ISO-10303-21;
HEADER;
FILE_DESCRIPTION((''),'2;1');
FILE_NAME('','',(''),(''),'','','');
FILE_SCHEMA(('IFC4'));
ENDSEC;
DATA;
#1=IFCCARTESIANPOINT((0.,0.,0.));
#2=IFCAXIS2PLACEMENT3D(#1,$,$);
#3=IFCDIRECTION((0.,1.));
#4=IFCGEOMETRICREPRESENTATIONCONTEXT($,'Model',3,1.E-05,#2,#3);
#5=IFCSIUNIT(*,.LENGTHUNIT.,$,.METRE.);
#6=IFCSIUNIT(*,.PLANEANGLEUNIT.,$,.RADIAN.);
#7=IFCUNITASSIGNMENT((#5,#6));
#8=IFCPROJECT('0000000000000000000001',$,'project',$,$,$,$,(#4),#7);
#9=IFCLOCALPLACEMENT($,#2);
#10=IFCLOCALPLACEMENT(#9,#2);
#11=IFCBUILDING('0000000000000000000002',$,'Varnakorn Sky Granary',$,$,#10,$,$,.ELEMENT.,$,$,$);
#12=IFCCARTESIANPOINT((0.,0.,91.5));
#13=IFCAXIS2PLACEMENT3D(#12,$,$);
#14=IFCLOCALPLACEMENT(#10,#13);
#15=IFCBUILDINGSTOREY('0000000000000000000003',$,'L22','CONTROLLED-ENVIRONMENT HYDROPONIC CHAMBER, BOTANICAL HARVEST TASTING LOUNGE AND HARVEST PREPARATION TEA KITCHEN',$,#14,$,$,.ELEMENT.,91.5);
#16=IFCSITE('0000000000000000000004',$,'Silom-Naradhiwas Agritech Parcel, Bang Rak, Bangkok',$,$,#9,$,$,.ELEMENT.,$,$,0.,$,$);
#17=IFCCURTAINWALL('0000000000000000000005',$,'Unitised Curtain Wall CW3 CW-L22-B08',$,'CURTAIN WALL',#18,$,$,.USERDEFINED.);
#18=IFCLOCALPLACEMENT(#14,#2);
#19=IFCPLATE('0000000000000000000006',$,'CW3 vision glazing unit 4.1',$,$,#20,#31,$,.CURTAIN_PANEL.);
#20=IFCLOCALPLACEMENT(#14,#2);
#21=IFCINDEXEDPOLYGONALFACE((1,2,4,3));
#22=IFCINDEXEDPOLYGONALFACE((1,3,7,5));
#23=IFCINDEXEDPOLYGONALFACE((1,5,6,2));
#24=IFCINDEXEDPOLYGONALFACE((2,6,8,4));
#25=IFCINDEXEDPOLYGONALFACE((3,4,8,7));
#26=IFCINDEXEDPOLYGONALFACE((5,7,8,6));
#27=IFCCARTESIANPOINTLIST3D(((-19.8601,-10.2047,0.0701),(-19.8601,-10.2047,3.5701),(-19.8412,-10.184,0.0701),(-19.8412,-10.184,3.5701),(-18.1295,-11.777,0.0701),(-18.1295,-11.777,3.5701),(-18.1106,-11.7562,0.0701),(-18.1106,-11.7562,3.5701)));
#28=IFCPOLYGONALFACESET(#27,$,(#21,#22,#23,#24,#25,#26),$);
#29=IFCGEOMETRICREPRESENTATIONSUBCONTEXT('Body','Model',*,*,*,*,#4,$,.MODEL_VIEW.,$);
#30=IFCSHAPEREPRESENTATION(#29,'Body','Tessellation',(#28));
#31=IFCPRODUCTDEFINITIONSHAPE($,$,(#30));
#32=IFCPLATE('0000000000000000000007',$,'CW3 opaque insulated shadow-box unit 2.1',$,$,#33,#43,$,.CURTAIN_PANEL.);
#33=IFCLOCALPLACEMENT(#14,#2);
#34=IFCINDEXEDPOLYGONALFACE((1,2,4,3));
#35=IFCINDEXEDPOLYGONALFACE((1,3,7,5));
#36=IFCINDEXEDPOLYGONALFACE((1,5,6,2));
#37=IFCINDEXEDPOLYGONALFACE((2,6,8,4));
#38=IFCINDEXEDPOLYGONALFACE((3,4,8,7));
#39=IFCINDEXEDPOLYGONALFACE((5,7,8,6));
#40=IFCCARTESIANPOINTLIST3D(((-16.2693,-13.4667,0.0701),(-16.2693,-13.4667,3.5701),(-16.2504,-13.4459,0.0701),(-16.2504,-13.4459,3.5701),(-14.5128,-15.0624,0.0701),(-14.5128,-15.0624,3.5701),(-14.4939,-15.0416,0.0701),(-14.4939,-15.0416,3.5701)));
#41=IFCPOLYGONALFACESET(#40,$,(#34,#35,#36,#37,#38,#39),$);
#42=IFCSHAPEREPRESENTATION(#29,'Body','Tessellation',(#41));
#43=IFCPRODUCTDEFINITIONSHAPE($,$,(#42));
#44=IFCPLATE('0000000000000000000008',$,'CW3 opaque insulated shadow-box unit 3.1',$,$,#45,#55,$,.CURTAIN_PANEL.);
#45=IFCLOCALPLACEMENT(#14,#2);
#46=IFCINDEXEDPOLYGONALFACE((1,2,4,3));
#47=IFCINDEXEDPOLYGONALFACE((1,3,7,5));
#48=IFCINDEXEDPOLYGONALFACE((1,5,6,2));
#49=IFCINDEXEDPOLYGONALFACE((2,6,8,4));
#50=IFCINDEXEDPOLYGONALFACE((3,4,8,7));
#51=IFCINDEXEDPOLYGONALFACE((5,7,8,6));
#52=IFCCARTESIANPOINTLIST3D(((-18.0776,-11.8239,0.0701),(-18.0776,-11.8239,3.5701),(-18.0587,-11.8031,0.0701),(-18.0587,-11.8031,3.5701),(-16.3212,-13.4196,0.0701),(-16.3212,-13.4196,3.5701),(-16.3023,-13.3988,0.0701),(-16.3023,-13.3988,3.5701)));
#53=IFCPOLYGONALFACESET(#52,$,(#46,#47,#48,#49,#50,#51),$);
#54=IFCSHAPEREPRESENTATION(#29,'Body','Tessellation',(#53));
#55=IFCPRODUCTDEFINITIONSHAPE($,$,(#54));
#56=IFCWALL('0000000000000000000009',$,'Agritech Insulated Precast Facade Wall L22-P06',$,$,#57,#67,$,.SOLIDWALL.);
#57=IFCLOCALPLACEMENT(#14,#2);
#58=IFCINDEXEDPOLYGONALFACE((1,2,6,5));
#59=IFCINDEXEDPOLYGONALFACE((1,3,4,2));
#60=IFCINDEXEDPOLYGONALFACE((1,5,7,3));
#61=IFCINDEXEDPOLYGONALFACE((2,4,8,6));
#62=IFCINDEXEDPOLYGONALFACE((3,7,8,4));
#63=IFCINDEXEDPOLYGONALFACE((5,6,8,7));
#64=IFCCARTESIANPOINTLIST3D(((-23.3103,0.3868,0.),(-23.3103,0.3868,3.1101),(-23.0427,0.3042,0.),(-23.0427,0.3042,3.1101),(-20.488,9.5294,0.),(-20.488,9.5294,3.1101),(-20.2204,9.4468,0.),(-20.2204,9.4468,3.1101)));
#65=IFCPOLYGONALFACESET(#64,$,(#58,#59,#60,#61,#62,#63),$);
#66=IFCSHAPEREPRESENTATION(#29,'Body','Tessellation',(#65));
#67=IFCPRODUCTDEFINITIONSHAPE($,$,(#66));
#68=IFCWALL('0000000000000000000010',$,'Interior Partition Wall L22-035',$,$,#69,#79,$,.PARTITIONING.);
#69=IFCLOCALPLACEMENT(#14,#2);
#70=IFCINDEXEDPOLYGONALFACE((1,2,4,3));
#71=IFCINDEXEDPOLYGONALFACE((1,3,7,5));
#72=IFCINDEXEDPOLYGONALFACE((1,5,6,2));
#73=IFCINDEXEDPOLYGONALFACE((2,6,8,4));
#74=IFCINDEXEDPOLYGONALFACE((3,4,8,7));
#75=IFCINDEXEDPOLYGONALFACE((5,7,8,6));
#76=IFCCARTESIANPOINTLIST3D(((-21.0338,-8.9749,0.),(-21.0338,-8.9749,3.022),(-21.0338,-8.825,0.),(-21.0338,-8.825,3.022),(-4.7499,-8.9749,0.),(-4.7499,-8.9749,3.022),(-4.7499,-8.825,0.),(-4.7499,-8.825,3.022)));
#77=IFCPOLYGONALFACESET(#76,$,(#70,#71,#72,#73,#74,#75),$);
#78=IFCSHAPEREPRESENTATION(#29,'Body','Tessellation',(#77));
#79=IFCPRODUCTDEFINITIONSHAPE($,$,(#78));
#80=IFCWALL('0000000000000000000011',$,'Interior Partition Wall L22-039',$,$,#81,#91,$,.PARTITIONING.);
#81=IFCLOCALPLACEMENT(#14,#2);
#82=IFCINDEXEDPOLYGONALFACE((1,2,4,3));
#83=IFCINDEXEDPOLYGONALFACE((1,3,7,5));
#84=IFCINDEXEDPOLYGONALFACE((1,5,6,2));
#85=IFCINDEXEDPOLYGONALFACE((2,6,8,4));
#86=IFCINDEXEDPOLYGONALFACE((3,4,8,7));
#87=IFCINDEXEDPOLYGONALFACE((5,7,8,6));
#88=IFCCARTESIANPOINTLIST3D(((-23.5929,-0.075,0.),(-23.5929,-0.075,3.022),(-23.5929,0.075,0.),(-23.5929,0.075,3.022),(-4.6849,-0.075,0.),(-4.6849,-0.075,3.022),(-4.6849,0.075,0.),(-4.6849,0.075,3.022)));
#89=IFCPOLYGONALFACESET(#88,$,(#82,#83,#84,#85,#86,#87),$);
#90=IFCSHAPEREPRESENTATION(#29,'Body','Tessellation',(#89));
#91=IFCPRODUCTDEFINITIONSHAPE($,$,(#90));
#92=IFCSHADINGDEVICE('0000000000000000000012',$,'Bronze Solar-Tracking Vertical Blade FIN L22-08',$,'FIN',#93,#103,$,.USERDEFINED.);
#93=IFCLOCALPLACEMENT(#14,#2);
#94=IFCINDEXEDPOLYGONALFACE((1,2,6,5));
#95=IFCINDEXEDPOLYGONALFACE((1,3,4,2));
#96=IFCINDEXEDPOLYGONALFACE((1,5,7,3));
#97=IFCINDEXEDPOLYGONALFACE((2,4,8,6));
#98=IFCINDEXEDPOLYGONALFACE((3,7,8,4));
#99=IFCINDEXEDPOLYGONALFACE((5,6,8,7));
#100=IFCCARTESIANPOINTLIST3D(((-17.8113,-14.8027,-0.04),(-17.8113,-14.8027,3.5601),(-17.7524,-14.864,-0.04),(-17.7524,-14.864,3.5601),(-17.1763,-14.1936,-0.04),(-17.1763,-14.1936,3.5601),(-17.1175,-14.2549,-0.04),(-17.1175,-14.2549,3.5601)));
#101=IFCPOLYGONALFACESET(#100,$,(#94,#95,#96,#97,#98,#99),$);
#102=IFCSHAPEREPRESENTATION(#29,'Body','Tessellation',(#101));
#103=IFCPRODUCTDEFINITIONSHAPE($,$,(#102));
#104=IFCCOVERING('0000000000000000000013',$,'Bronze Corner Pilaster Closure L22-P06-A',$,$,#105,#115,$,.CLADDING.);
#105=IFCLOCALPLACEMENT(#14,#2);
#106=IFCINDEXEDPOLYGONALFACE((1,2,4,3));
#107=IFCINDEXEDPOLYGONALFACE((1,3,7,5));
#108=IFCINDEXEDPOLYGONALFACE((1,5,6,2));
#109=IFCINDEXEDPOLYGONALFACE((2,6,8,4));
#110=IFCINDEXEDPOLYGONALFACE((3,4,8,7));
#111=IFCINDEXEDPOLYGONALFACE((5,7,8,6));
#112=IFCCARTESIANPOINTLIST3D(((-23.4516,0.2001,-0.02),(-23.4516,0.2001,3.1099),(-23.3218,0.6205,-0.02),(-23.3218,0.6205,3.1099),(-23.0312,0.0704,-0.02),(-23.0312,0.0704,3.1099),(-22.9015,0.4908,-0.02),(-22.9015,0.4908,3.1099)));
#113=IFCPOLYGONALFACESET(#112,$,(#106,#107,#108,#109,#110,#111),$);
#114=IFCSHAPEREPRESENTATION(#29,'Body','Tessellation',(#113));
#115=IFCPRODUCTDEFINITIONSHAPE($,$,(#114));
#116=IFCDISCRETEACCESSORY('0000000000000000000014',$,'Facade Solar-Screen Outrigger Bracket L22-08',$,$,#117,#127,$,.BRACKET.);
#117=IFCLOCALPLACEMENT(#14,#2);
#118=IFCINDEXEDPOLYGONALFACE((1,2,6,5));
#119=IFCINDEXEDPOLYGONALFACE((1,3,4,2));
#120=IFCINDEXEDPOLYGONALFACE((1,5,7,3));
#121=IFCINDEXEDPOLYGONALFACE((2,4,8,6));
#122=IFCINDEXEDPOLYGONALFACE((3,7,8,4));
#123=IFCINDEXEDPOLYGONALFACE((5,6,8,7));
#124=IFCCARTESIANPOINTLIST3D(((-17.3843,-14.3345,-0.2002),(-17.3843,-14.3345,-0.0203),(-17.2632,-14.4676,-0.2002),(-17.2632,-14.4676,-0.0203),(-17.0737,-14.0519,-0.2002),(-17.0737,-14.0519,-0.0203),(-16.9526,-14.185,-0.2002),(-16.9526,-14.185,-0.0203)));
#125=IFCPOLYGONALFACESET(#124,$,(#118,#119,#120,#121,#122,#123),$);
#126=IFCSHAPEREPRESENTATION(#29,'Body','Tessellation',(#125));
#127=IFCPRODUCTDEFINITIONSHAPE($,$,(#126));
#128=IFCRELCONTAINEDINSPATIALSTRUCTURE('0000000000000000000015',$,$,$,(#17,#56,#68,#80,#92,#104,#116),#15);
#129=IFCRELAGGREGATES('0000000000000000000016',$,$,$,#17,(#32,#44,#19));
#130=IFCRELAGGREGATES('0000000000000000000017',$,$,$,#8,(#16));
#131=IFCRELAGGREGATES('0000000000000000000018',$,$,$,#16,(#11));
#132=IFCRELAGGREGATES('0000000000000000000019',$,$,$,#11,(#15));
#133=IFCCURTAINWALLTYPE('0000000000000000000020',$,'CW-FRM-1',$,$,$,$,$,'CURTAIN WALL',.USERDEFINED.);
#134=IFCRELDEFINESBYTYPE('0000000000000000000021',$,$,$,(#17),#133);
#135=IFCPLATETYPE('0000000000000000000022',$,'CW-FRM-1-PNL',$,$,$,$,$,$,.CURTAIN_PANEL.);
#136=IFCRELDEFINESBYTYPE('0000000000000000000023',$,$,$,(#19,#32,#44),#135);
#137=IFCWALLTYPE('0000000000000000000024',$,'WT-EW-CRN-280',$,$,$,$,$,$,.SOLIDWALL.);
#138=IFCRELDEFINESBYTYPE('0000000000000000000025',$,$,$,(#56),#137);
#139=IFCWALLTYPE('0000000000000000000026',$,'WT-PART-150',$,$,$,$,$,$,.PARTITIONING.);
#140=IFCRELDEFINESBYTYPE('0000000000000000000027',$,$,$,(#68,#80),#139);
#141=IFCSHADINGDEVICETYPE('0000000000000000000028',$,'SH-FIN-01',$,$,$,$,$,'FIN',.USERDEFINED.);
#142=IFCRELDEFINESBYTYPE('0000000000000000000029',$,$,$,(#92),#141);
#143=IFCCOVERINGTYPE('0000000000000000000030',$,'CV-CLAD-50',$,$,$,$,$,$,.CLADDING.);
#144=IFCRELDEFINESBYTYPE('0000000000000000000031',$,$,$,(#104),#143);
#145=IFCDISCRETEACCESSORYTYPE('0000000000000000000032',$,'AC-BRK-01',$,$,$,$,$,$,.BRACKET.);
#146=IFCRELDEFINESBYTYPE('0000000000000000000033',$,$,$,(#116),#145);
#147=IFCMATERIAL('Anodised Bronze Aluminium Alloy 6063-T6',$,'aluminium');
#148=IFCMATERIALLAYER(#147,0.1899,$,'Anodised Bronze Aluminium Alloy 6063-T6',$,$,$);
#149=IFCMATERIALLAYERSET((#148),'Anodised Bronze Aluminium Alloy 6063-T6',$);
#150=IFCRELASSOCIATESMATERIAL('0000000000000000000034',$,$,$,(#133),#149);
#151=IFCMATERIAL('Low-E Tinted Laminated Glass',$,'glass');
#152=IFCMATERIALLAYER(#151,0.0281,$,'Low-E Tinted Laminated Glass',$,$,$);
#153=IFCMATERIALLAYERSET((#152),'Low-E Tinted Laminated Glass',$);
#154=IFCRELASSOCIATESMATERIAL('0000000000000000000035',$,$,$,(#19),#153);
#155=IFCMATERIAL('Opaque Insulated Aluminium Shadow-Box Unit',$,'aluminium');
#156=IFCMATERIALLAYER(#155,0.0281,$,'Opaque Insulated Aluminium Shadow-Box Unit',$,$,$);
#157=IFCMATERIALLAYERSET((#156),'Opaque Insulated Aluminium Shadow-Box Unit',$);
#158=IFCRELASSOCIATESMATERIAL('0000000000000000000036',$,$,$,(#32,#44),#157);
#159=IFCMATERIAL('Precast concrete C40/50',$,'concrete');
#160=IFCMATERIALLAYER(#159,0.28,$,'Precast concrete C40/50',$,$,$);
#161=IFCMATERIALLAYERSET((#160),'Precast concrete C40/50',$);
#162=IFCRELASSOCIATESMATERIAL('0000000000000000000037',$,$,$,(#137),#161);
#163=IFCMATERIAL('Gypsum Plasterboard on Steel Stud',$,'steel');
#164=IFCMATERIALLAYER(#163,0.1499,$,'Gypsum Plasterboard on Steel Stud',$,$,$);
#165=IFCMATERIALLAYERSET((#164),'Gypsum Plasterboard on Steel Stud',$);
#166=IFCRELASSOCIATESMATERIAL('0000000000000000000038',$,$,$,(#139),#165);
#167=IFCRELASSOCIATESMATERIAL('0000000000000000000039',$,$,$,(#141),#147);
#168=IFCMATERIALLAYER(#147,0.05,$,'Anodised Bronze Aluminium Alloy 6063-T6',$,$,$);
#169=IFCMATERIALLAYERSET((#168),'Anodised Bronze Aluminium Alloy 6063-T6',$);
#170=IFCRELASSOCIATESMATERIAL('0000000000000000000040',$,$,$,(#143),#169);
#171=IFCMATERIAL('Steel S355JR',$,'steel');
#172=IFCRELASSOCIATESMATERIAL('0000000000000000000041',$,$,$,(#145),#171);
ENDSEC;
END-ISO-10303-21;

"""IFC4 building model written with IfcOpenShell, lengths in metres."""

from ifc_helpers import new_model, si_unit, direction, frame, frame_2d, origin, origin_2d, place, context, subcontext, project, spatial, rectangle, extrude, source, transform, mapped, material, layer, layer_set, type_object, type_shapes, element, aggregate, save


model = new_model("IFC4")

# Units and contexts
model_context = context("Model", 3, precision=1e-05, world=origin(), true_north=direction((0.0, 1.0)))
body_context = subcontext(model_context, "Body", "Model", "MODEL_VIEW")
ifc_project = project(units=[si_unit("LENGTHUNIT", "METRE"), si_unit("PLANEANGLEUNIT", "RADIAN")], contexts=[model_context])

# Site, building, storey
site_placement = place(None, origin())
site = spatial("IfcSite", under=ifc_project, at=site_placement, Name="Silom-Naradhiwas Agritech Parcel, Bang Rak, Bangkok", CompositionType="ELEMENT", RefElevation=0.0)
building_placement = place(site_placement, origin())
building = spatial("IfcBuilding", under=site, at=building_placement, Name="Varnakorn Sky Granary", CompositionType="ELEMENT")
storey_placement = place(building_placement, frame((0.0, 0.0, 91.5)))
storey = spatial("IfcBuildingStorey", under=building, at=storey_placement, Name="L22", Description="CONTROLLED-ENVIRONMENT HYDROPONIC CHAMBER, BOTANICAL HARVEST TASTING LOUNGE AND HARVEST PREPARATION TEA KITCHEN", CompositionType="ELEMENT", Elevation=91.5)

# Shared definitions
ifc_material_1 = material(Name="Steel S355JR", Category="steel")

# Curtain wall
ifc_material_2 = material(Name="Anodised Bronze Aluminium Alloy 6063-T6", Category="aluminium")
ifc_layer_1 = layer(ifc_material_2, 0.1899, Name="Anodised Bronze Aluminium Alloy 6063-T6")
ifc_layer_set_1 = layer_set([ifc_layer_1], Name="Anodised Bronze Aluminium Alloy 6063-T6")
curtain_wall_type = type_object("IfcCurtainWallType", Name="CW-FRM-1", ElementType="CURTAIN WALL", PredefinedType="USERDEFINED", material=ifc_layer_set_1)
curtain_wall_1_placement = place(storey_placement, origin())
curtain_wall_1 = element("IfcCurtainWall", 1, at=curtain_wall_1_placement, inside=storey, type_object=curtain_wall_type, Name="Unitised Curtain Wall CW3 CW-L22-B08", ObjectType="CURTAIN WALL", PredefinedType="USERDEFINED")

# Plates
ifc_material_3 = material(Name="Low-E Tinted Laminated Glass", Category="glass")
ifc_layer_2 = layer(ifc_material_3, 0.0281, Name="Low-E Tinted Laminated Glass")
ifc_layer_set_2 = layer_set([ifc_layer_2], Name="Low-E Tinted Laminated Glass")
plate_type = type_object("IfcPlateType", Name="CW-FRM-1-PNL", PredefinedType="CURTAIN_PANEL")
ifc_material_4 = material(Name="Opaque Insulated Aluminium Shadow-Box Unit", Category="aluminium")
ifc_layer_3 = layer(ifc_material_4, 0.0281, Name="Opaque Insulated Aluminium Shadow-Box Unit")
ifc_layer_set_3 = layer_set([ifc_layer_3], Name="Opaque Insulated Aluminium Shadow-Box Unit")
shared_shape_1 = source(origin(), body_context, "Body", "SweptSolid", [
    extrude(rectangle(XDim=2.3381, YDim=0.0281, at=origin_2d()), origin(), (0.0, 0.0, 1.0), 3.5),
])
plate_1_placement = place(storey_placement, frame((-18.9854, -10.9805, 0.0701), z_axis=(0.0, 0.0, 1.0), x_axis=(-0.740161, 0.672429, 0.0)))
plate_1 = element("IfcPlate", 2, at=plate_1_placement, type_object=plate_type, material=ifc_layer_set_2, Name="CW3 vision glazing unit 4.1", PredefinedType="CURTAIN_PANEL", context=body_context, shape_type="MappedRepresentation", body=[
    mapped(shared_shape_1, transform((0.0, 0.0, 0.0), x_axis=(1.0, 0.0, 0.0), y_axis=(0.0, 1.0, 0.0), z_axis=(0.0, 0.0, 1.0), scale=1.0)),
])
shared_shape_2 = source(origin(), body_context, "Body", "SweptSolid", [
    extrude(rectangle(XDim=2.373, YDim=0.0281, at=origin_2d()), origin(), (0.0, 0.0, 1.0), 3.5),
])
plate_2_placement = place(storey_placement, frame((-15.3816, -14.2542, 0.0701), z_axis=(0.0, 0.0, 1.0), x_axis=(-0.740161, 0.672429, 0.0)))
plate_2 = element("IfcPlate", 3, at=plate_2_placement, type_object=plate_type, material=ifc_layer_set_3, Name="CW3 opaque insulated shadow-box unit 2.1", PredefinedType="CURTAIN_PANEL", context=body_context, shape_type="MappedRepresentation", body=[
    mapped(shared_shape_2, transform((0.0, 0.0, 0.0), x_axis=(1.0, 0.0, 0.0), y_axis=(0.0, 1.0, 0.0), z_axis=(0.0, 0.0, 1.0), scale=1.0)),
])
plate_3_placement = place(storey_placement, frame((-17.1899, -12.6113, 0.0701), z_axis=(0.0, 0.0, 1.0), x_axis=(-0.740161, 0.672429, 0.0)))
plate_3 = element("IfcPlate", 4, at=plate_3_placement, type_object=plate_type, material=ifc_layer_set_3, Name="CW3 opaque insulated shadow-box unit 3.1", PredefinedType="CURTAIN_PANEL", context=body_context, shape_type="MappedRepresentation", body=[
    mapped(shared_shape_2, transform((0.0, 0.0, 0.0), x_axis=(1.0, 0.0, 0.0), y_axis=(0.0, 1.0, 0.0), z_axis=(0.0, 0.0, 1.0), scale=1.0)),
])
aggregate(curtain_wall_1, [plate_2, plate_3, plate_1])

# Walls
ifc_material_5 = material(Name="Precast concrete C40/50", Category="concrete")
ifc_layer_4 = layer(ifc_material_5, 0.28, Name="Precast concrete C40/50")
ifc_layer_set_4 = layer_set([ifc_layer_4], Name="Precast concrete C40/50")
wall_type_1 = type_object("IfcWallType", Name="WT-EW-CRN-280", PredefinedType="SOLIDWALL", material=ifc_layer_set_4)
wall_1_placement = place(storey_placement, frame((-23.1765, 0.3455, 0.0), z_axis=(0.0, 0.0, 1.0), x_axis=(0.294961, 0.955509, 0.0)))
element("IfcWall", 5, at=wall_1_placement, inside=storey, type_object=wall_type_1, Name="Agritech Insulated Precast Facade Wall L22-P06", PredefinedType="SOLIDWALL", context=body_context, shape_type="SweptSolid", body=[
    extrude(rectangle(XDim=9.5684, YDim=0.28, at=frame_2d((4.7842, 0.0))), origin(), (0.0, 0.0, 1.0), 3.1101),
])
ifc_material_6 = material(Name="Gypsum Plasterboard on Steel Stud", Category="steel")
ifc_layer_5 = layer(ifc_material_6, 0.1499, Name="Gypsum Plasterboard on Steel Stud")
ifc_layer_set_5 = layer_set([ifc_layer_5], Name="Gypsum Plasterboard on Steel Stud")
wall_type_2 = type_object("IfcWallType", Name="WT-PART-150", PredefinedType="PARTITIONING", material=ifc_layer_set_5)
wall_2_placement = place(storey_placement, frame((-21.0339, -8.8999, 0.0), z_axis=(0.0, 0.0, 1.0), x_axis=(1.0, 0.0, 0.0)))
element("IfcWall", 6, at=wall_2_placement, inside=storey, type_object=wall_type_2, Name="Interior Partition Wall L22-035", PredefinedType="PARTITIONING", context=body_context, shape_type="SweptSolid", body=[
    extrude(rectangle(XDim=16.2839, YDim=0.1499, at=frame_2d((8.1421, 0.0))), origin(), (0.0, 0.0, 1.0), 3.022),
])
wall_3_placement = place(storey_placement, frame((-23.593, 0.0, 0.0), z_axis=(0.0, 0.0, 1.0), x_axis=(1.0, 0.0, 0.0)))
element("IfcWall", 7, at=wall_3_placement, inside=storey, type_object=wall_type_2, Name="Interior Partition Wall L22-039", PredefinedType="PARTITIONING", context=body_context, shape_type="SweptSolid", body=[
    extrude(rectangle(XDim=18.908, YDim=0.1499, at=frame_2d((9.4541, 0.0))), origin(), (0.0, 0.0, 1.0), 3.022),
])

# Shading device
shading_device_type = type_object("IfcShadingDeviceType", Name="SH-FIN-01", ElementType="FIN", PredefinedType="USERDEFINED", material=ifc_material_2)
shared_shape_3 = source(origin(), body_context, "Body", "SweptSolid", [
    extrude(rectangle(XDim=0.085, YDim=0.8799, at=origin_2d()), origin(), (0.0, 0.0, 1.0), 3.6001),
])
type_shapes(shading_device_type, [shared_shape_3])
shading_device_placement = place(storey_placement, frame((-17.4644, -14.5288, -0.04), z_axis=(0.0, 0.0, 1.0), x_axis=(0.692243, -0.721664, 0.0)))
element("IfcShadingDevice", 8, at=shading_device_placement, inside=storey, type_object=shading_device_type, Name="Bronze Solar-Tracking Vertical Blade FIN L22-08", ObjectType="FIN", PredefinedType="USERDEFINED", context=body_context, shape_type="MappedRepresentation", body=[
    mapped(shared_shape_3, transform((0.0, 0.0, 0.0), x_axis=(1.0, 0.0, 0.0), y_axis=(0.0, 1.0, 0.0), z_axis=(0.0, 0.0, 1.0), scale=1.0)),
])

# Covering
ifc_layer_6 = layer(ifc_material_2, 0.05, Name="Anodised Bronze Aluminium Alloy 6063-T6")
ifc_layer_set_6 = layer_set([ifc_layer_6], Name="Anodised Bronze Aluminium Alloy 6063-T6")
covering_type = type_object("IfcCoveringType", Name="CV-CLAD-50", PredefinedType="CLADDING", material=ifc_layer_set_6)
shared_shape_4 = source(origin(), body_context, "Body", "SweptSolid", [
    extrude(rectangle(XDim=0.4399, YDim=0.4399, at=origin_2d()), origin(), (0.0, 0.0, 1.0), 3.1299),
])
type_shapes(covering_type, [shared_shape_4])
covering_placement = place(storey_placement, frame((-23.1765, 0.3455, -0.02), z_axis=(0.0, 0.0, 1.0), x_axis=(0.294874, 0.955536, 0.0)))
element("IfcCovering", 9, at=covering_placement, inside=storey, type_object=covering_type, Name="Bronze Corner Pilaster Closure L22-P06-A", PredefinedType="CLADDING", context=body_context, shape_type="MappedRepresentation", body=[
    mapped(shared_shape_4, transform((0.0, 0.0, 0.0), x_axis=(1.0, 0.0, 0.0), y_axis=(0.0, 1.0, 0.0), z_axis=(0.0, 0.0, 1.0), scale=1.0)),
])

# Discrete accessory
discrete_accessory_type = type_object("IfcDiscreteAccessoryType", Name="AC-BRK-01", PredefinedType="BRACKET", material=ifc_material_1)
shared_shape_5 = source(origin(), body_context, "Body", "SweptSolid", [
    extrude(rectangle(XDim=0.1799, YDim=0.4199, at=origin_2d()), origin(), (0.0, 0.0, 1.0), 0.1799),
])
type_shapes(discrete_accessory_type, [shared_shape_5])
discrete_accessory_placement = place(storey_placement, frame((-17.1685, -14.2598, -0.2002), z_axis=(0.0, 0.0, 1.0), x_axis=(0.673076, -0.739573, 0.0)))
element("IfcDiscreteAccessory", 10, at=discrete_accessory_placement, inside=storey, type_object=discrete_accessory_type, Name="Facade Solar-Screen Outrigger Bracket L22-08", PredefinedType="BRACKET", context=body_context, shape_type="MappedRepresentation", body=[
    mapped(shared_shape_5, transform((0.0, 0.0, 0.0), x_axis=(1.0, 0.0, 0.0), y_axis=(0.0, 1.0, 0.0), z_axis=(0.0, 0.0, 1.0), scale=1.0)),
])

save(model, "model.ifc")
